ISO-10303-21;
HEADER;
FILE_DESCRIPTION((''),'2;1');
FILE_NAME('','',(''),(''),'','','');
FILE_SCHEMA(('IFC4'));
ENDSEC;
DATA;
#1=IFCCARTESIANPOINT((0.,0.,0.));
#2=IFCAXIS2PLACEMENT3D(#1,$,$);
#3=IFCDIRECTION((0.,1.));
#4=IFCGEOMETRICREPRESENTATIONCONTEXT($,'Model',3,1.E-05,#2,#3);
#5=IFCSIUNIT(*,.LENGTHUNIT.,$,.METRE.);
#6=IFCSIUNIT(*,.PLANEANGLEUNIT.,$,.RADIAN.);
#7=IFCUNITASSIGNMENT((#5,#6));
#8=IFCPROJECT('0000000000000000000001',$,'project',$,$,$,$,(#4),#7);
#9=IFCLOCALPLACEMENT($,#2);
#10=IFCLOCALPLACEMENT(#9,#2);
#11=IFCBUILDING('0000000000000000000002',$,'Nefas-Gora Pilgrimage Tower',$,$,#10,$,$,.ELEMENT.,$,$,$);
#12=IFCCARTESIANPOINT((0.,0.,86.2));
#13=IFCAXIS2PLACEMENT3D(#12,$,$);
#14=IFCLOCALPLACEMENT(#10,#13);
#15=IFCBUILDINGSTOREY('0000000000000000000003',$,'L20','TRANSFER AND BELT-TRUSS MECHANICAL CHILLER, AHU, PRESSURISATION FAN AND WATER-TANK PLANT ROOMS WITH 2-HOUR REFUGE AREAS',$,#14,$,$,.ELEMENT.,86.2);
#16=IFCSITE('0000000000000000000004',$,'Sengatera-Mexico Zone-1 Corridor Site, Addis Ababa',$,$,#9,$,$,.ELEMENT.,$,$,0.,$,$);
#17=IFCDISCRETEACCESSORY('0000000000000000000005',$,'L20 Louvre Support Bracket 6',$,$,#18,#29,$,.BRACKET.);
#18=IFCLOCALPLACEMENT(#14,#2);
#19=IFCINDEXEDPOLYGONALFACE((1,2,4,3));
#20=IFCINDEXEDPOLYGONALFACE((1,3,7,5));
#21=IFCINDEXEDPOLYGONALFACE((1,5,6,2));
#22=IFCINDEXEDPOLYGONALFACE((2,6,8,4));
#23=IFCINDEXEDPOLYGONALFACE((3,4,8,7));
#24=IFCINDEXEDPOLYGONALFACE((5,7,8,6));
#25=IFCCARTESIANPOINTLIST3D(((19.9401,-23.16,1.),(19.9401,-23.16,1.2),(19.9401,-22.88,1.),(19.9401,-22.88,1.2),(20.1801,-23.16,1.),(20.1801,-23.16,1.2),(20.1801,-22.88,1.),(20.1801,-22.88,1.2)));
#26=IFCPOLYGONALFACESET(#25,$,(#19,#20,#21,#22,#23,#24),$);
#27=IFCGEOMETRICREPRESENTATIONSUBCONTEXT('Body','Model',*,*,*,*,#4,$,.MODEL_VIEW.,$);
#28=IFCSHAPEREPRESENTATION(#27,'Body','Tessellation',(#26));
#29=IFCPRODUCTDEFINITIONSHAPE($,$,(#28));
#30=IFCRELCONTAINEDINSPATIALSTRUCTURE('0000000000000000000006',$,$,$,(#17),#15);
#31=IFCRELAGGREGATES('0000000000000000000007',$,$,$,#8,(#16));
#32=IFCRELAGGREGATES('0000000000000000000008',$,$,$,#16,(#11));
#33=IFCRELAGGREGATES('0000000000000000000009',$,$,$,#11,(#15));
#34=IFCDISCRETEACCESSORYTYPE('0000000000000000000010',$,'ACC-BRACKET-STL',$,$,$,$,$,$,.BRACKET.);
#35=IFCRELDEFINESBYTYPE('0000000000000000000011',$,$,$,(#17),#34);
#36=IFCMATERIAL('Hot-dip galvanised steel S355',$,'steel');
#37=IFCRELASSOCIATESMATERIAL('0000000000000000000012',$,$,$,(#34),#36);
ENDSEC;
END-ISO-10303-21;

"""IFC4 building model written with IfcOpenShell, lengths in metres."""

from ifc_helpers import new_model, si_unit, direction, frame, origin, origin_2d, place, context, subcontext, project, spatial, rectangle, extrude, source, transform, mapped, material, type_object, element, save


model = new_model("IFC4")

# Units and contexts
model_context = context("Model", 3, precision=1e-05, world=origin(), true_north=direction((0.0, 1.0)))
body_context = subcontext(model_context, "Body", "Model", "MODEL_VIEW")
ifc_project = project(units=[si_unit("LENGTHUNIT", "METRE"), si_unit("PLANEANGLEUNIT", "RADIAN")], contexts=[model_context])

# Site, building, storey
site_placement = place(None, origin())
site = spatial("IfcSite", under=ifc_project, at=site_placement, Name="Sengatera-Mexico Zone-1 Corridor Site, Addis Ababa", CompositionType="ELEMENT", RefElevation=0.0)
building_placement = place(site_placement, origin())
building = spatial("IfcBuilding", under=site, at=building_placement, Name="Nefas-Gora Pilgrimage Tower", CompositionType="ELEMENT")
storey_placement = place(building_placement, frame((0.0, 0.0, 86.2)))
storey = spatial("IfcBuildingStorey", under=building, at=storey_placement, Name="L20", Description="TRANSFER AND BELT-TRUSS MECHANICAL CHILLER, AHU, PRESSURISATION FAN AND WATER-TANK PLANT ROOMS WITH 2-HOUR REFUGE AREAS", CompositionType="ELEMENT", Elevation=86.2)

# Discrete accessory
ifc_material_1 = material(Name="Hot-dip galvanised steel S355", Category="steel")
discrete_accessory_type = type_object("IfcDiscreteAccessoryType", Name="ACC-BRACKET-STL", PredefinedType="BRACKET", material=ifc_material_1)
shared_shape_1 = source(origin(), body_context, "Body", "SweptSolid", [
    extrude(rectangle(XDim=0.24, YDim=0.28, at=origin_2d()), origin(), (0.0, 0.0, 1.0), 0.2),
])
discrete_accessory_placement = place(storey_placement, frame((20.0601, -23.02, 1.0), z_axis=(0.0, 0.0, 1.0), x_axis=(1.0, 0.0, 0.0)))
element("IfcDiscreteAccessory", 1, at=discrete_accessory_placement, inside=storey, type_object=discrete_accessory_type, Name="L20 Louvre Support Bracket 6", PredefinedType="BRACKET", context=body_context, shape_type="MappedRepresentation", body=[
    mapped(shared_shape_1, transform((0.0, 0.0, 0.0), x_axis=(1.0, 0.0, 0.0), y_axis=(0.0, 1.0, 0.0), z_axis=(0.0, 0.0, 1.0), scale=1.0)),
])

save(model, "model.ifc")
